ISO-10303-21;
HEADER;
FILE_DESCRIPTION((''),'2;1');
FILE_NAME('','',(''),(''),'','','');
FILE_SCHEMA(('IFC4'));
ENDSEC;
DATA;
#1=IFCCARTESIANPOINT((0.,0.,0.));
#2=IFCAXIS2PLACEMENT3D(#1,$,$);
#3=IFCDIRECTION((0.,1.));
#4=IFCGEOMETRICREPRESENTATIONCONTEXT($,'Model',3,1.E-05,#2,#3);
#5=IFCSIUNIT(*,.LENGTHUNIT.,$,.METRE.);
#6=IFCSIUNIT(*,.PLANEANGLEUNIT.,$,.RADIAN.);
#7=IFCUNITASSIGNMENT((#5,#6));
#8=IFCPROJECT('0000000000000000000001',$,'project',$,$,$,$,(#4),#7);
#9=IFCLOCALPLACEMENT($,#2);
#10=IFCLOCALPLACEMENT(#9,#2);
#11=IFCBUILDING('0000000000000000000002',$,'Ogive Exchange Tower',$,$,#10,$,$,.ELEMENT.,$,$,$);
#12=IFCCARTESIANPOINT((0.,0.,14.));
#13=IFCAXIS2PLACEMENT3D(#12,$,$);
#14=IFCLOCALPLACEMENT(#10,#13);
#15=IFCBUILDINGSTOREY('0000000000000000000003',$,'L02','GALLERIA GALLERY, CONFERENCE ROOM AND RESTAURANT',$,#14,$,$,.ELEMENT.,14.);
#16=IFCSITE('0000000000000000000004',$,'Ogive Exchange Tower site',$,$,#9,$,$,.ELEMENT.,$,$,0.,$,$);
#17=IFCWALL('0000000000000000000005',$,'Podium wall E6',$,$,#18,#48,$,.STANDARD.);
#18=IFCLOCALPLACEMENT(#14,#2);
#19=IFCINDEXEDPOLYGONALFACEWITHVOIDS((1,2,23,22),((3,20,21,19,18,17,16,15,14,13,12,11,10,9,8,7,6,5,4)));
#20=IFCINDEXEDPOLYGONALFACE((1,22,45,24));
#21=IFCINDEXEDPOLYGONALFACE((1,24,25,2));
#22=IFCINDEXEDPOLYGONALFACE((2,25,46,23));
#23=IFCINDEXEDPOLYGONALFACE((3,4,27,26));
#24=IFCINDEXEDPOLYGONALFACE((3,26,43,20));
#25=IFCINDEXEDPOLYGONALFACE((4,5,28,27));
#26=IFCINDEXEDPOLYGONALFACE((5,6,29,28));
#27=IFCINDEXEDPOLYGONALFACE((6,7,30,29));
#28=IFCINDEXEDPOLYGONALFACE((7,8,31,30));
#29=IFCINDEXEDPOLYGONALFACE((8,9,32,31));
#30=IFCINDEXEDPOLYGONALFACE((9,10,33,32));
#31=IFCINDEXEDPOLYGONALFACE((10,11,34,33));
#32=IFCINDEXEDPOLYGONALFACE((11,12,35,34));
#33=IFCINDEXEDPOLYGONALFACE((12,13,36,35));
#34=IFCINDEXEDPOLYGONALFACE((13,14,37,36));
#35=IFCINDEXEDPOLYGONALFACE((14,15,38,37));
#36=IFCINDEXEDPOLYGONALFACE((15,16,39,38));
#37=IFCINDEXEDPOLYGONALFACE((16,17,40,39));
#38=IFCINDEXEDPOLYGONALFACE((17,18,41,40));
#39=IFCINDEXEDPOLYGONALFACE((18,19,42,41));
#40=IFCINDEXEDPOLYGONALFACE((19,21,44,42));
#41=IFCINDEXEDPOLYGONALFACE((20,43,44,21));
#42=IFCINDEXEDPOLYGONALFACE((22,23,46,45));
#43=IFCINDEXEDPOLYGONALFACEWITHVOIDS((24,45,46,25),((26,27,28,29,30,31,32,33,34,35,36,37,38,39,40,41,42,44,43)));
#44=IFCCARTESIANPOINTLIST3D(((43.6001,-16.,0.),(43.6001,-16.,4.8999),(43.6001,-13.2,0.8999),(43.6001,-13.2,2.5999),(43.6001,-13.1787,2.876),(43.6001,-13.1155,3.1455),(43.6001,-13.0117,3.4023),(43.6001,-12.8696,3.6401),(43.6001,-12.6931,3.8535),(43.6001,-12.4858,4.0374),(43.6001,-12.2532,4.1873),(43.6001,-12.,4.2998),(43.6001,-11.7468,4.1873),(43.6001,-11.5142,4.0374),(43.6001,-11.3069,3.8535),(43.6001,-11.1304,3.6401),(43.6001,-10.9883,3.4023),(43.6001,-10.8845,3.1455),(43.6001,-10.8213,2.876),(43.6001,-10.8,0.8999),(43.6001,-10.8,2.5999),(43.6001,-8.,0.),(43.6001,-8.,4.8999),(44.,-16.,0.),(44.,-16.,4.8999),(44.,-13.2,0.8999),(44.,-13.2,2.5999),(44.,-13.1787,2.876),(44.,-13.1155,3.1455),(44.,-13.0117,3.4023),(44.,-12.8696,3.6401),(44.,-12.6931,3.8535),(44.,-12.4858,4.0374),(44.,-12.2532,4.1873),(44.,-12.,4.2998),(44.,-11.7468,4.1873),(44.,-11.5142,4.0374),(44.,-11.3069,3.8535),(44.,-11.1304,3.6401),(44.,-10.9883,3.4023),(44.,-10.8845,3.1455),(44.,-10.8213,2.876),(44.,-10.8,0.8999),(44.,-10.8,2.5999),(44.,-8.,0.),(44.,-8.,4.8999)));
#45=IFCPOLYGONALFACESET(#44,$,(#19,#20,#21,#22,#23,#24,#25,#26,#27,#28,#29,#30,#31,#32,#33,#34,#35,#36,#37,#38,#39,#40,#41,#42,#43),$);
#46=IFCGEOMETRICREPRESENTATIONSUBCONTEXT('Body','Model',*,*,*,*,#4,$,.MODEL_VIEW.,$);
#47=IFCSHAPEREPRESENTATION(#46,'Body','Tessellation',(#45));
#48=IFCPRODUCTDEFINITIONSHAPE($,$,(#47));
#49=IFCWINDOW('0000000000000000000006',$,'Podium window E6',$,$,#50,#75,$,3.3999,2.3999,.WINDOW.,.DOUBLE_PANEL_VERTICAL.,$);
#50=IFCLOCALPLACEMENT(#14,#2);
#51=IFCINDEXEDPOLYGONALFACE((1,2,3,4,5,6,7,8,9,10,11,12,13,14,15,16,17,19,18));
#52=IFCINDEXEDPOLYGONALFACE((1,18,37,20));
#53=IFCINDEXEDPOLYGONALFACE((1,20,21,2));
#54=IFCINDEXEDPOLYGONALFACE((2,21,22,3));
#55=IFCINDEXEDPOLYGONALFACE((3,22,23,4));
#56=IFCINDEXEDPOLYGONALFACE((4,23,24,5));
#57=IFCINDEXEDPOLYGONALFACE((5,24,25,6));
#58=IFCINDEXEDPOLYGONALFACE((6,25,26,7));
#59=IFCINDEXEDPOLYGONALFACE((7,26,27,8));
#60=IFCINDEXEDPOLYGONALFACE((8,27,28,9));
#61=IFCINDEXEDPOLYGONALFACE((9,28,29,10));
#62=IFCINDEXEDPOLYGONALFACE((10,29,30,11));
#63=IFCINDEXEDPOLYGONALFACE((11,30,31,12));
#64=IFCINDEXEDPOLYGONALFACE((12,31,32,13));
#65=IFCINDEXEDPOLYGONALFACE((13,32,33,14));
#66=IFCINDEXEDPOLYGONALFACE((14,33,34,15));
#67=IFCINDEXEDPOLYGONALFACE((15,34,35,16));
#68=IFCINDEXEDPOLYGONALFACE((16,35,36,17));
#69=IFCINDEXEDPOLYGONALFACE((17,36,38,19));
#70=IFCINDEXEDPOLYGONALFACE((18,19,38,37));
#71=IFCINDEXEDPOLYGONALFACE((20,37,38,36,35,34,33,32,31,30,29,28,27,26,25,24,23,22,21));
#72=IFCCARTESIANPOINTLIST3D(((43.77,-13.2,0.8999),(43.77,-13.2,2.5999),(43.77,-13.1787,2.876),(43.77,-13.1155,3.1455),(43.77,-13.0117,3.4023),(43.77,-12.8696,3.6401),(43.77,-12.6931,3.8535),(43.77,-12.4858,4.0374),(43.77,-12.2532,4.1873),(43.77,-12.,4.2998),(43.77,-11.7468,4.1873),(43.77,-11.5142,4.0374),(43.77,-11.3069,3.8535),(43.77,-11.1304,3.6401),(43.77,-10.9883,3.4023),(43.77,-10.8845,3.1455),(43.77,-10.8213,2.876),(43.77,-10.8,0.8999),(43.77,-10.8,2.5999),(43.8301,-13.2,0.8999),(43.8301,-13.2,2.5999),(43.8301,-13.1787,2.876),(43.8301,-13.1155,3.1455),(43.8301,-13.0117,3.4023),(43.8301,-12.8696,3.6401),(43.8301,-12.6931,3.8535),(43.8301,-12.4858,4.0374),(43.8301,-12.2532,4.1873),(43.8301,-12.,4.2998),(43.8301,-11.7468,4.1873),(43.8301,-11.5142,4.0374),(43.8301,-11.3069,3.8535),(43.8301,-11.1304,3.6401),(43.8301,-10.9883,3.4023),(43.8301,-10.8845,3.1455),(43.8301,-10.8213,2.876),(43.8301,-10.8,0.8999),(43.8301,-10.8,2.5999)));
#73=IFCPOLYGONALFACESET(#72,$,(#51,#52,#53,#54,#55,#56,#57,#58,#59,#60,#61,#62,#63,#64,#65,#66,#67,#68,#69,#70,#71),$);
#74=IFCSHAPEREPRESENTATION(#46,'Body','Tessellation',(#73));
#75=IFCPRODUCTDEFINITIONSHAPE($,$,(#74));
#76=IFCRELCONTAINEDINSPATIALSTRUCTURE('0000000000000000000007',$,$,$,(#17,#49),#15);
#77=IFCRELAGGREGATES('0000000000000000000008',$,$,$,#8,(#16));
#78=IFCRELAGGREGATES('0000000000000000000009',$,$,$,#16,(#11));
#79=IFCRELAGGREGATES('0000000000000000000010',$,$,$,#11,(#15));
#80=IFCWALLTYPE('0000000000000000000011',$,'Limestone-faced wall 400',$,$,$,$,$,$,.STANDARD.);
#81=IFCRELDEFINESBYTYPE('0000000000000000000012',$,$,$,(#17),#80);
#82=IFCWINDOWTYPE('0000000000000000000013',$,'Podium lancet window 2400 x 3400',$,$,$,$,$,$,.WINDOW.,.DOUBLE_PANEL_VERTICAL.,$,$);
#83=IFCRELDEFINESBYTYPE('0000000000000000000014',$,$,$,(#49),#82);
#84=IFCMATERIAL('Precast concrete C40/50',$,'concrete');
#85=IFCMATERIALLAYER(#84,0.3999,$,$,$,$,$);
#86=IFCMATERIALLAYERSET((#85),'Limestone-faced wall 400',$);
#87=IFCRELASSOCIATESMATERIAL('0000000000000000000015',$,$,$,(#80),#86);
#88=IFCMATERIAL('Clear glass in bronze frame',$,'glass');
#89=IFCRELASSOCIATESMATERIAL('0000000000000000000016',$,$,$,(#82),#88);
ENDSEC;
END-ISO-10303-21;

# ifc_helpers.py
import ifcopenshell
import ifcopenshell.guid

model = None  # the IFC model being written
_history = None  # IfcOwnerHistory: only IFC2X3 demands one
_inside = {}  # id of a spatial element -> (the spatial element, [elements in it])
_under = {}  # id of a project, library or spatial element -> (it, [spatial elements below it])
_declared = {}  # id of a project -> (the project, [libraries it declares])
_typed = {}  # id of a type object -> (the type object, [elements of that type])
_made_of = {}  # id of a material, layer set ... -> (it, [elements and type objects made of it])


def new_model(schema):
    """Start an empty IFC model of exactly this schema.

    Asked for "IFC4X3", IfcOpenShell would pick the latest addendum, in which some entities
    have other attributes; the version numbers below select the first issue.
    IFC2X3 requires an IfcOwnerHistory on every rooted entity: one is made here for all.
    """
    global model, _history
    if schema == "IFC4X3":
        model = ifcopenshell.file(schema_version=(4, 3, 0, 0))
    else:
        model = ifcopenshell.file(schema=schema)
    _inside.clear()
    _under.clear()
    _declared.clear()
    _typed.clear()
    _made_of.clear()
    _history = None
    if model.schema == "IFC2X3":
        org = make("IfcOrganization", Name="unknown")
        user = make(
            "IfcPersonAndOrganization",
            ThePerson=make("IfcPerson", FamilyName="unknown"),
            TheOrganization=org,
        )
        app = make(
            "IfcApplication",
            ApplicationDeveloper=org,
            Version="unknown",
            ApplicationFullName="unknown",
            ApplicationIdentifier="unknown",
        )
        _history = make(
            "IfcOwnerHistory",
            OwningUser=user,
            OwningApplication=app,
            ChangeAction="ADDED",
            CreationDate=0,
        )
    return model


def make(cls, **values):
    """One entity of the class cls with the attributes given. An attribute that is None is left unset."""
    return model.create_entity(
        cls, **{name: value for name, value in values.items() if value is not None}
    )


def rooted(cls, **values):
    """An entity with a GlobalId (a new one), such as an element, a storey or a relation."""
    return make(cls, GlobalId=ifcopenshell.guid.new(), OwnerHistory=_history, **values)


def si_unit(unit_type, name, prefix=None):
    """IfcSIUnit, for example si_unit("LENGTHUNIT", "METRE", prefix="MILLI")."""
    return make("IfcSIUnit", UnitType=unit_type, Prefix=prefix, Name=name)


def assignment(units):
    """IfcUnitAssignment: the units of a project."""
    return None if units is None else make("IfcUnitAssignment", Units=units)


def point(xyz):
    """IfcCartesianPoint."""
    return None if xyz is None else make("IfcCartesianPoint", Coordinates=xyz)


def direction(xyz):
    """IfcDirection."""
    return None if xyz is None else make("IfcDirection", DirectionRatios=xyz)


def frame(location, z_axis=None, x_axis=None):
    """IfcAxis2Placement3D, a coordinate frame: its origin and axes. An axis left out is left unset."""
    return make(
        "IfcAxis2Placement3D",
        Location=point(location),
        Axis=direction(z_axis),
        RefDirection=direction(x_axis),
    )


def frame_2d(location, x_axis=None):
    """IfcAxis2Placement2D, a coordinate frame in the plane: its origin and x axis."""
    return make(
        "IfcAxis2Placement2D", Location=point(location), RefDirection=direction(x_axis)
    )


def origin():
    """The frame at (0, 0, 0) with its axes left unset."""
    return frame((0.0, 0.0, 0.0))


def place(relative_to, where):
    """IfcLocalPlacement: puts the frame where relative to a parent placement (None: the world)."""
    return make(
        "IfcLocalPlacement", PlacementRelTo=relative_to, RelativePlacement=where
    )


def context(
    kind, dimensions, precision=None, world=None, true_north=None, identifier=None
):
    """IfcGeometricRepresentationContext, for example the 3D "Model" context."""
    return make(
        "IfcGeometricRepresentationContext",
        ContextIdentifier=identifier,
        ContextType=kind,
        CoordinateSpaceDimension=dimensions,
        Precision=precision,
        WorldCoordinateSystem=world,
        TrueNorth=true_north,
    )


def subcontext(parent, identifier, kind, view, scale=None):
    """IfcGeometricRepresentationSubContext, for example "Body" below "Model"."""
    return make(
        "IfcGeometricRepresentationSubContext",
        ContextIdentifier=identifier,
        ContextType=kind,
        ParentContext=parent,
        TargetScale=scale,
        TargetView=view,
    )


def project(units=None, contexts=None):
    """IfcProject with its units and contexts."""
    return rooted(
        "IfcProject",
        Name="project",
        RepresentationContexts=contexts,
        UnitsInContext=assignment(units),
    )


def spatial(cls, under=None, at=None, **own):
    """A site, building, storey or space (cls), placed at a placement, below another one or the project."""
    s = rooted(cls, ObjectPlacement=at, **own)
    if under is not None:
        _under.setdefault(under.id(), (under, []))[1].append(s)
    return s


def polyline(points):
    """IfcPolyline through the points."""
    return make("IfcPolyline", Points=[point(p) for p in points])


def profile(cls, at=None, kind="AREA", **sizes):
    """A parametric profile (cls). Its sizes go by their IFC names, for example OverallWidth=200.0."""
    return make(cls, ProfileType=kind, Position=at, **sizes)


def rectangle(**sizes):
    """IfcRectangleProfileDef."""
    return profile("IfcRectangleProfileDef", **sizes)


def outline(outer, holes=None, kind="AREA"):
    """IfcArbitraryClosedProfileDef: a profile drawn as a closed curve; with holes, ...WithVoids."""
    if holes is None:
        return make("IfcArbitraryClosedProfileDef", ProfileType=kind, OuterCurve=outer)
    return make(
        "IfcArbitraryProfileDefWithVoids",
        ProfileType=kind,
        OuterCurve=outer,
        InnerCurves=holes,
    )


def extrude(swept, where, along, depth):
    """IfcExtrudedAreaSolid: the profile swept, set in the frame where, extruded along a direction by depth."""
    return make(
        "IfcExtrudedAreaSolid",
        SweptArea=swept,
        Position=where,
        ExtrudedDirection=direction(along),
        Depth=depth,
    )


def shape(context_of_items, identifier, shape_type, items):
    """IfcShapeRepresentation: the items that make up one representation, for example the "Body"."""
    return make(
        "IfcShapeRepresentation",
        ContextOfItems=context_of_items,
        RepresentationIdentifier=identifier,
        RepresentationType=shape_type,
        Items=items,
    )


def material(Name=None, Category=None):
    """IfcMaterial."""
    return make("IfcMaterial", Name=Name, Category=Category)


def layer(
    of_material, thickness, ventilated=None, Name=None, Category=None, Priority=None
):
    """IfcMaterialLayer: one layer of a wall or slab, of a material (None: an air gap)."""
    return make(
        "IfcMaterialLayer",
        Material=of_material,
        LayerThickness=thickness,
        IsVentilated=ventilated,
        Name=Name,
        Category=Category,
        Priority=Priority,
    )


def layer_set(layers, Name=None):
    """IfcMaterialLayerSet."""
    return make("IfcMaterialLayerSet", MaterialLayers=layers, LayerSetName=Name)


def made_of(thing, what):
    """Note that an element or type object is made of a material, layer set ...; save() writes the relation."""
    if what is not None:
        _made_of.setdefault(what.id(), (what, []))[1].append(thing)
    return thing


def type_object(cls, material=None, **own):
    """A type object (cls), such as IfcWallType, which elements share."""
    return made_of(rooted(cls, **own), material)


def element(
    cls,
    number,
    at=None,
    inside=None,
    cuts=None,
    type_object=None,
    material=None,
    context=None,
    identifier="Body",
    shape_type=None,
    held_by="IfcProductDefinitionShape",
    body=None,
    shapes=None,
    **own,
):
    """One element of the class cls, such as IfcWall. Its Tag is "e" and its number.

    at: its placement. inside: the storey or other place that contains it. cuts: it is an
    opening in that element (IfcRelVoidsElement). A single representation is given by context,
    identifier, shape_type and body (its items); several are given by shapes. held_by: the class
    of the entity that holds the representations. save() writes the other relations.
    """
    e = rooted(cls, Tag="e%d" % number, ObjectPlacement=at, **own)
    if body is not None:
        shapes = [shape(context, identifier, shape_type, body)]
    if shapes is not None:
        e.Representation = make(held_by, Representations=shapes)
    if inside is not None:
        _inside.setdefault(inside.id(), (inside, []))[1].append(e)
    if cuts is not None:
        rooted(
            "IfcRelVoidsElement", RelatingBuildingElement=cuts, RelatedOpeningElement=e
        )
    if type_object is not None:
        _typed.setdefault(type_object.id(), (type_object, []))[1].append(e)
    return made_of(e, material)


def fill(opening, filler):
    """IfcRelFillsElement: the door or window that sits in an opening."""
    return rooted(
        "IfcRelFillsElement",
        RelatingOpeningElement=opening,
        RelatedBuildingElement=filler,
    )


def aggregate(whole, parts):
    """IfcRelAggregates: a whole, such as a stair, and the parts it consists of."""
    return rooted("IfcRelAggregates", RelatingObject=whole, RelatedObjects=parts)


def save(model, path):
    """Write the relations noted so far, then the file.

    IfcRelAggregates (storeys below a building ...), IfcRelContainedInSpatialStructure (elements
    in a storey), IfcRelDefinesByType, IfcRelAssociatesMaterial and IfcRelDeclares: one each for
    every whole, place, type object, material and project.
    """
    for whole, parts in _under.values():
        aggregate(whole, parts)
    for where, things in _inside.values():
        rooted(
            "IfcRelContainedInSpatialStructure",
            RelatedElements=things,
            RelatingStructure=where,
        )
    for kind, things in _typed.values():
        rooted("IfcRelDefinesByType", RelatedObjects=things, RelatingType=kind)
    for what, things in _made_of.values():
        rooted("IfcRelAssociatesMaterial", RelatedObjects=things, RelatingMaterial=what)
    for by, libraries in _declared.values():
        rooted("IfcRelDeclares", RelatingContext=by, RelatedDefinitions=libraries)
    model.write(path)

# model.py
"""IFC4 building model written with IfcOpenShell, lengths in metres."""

from ifc_helpers import new_model, si_unit, direction, frame, frame_2d, origin, place, context, subcontext, project, spatial, polyline, rectangle, outline, extrude, material, layer, layer_set, type_object, element, fill, save


model = new_model("IFC4")

# Units and contexts
model_context = context("Model", 3, precision=1e-05, world=origin(), true_north=direction((0.0, 1.0)))
body_context = subcontext(model_context, "Body", "Model", "MODEL_VIEW")
ifc_project = project(units=[si_unit("LENGTHUNIT", "METRE"), si_unit("PLANEANGLEUNIT", "RADIAN")], contexts=[model_context])

# Site, building, storey
site_placement = place(None, origin())
site = spatial("IfcSite", under=ifc_project, at=site_placement, Name="Ogive Exchange Tower site", CompositionType="ELEMENT", RefElevation=0.0)
building_placement = place(site_placement, origin())
building = spatial("IfcBuilding", under=site, at=building_placement, Name="Ogive Exchange Tower", CompositionType="ELEMENT")
storey_placement = place(building_placement, frame((0.0, 0.0, 14.0)))
storey = spatial("IfcBuildingStorey", under=building, at=storey_placement, Name="L02", Description="GALLERIA GALLERY, CONFERENCE ROOM AND RESTAURANT", CompositionType="ELEMENT", Elevation=14.0)

# Wall, opening, window
ifc_material_1 = material(Name="Precast concrete C40/50", Category="concrete")
ifc_layer_1 = layer(ifc_material_1, 0.3999)
ifc_layer_set_1 = layer_set([ifc_layer_1], Name="Limestone-faced wall 400")
wall_type_1 = type_object("IfcWallType", Name="Limestone-faced wall 400", PredefinedType="STANDARD", material=ifc_layer_set_1)
wall_1_placement = place(storey_placement, frame((43.8, -16.0, 0.0), z_axis=(0.0, 0.0, 1.0), x_axis=(0.0, 1.0, 0.0)))
wall_1 = element("IfcWall", 1, at=wall_1_placement, inside=storey, type_object=wall_type_1, Name="Podium wall E6", PredefinedType="STANDARD", context=body_context, shape_type="SweptSolid", body=[
    extrude(rectangle(XDim=8.0, YDim=0.3999, at=frame_2d((4.0, 0.0))), origin(), (0.0, 0.0, 1.0), 4.8999),
])
opening_1_placement = place(wall_1_placement, frame((2.8, 0.0, 0.8999)))
opening_1 = element("IfcOpeningElement", 2, at=opening_1_placement, cuts=wall_1, PredefinedType="OPENING", context=body_context, shape_type="SweptSolid", body=[
    extrude(outline(polyline([(0.0, 0.0), (2.3999, 0.0), (2.3999, 1.7), (2.3787, 1.9761), (2.3154, 2.2456), (2.2117, 2.5024), (2.0696, 2.7402), (1.8931, 2.9536), (1.6858, 3.1375), (1.4531, 3.2874), (1.2, 3.3999), (0.9468, 3.2874), (0.7141, 3.1375), (0.5068, 2.9536), (0.3303, 2.7402), (0.1882, 2.5024), (0.0845, 2.2456), (0.0212, 1.9761), (0.0, 1.7), (0.0, 0.0)])), frame((0.0, 0.21, 0.0), z_axis=(0.0, -1.0, 0.0), x_axis=(1.0, 0.0, 0.0)), (0.0, 0.0, 1.0), 0.4199),
])
ifc_material_2 = material(Name="Clear glass in bronze frame", Category="glass")
window_type_1 = type_object("IfcWindowType", Name="Podium lancet window 2400 x 3400", PartitioningType="DOUBLE_PANEL_VERTICAL", PredefinedType="WINDOW", material=ifc_material_2)
window_1_placement = place(opening_1_placement, origin())
window_1 = element("IfcWindow", 3, at=window_1_placement, inside=storey, type_object=window_type_1, Name="Podium window E6", OverallHeight=3.3999, OverallWidth=2.3999, PartitioningType="DOUBLE_PANEL_VERTICAL", PredefinedType="WINDOW", context=body_context, shape_type="SweptSolid", body=[
    extrude(outline(polyline([(0.0, 0.0), (2.3999, 0.0), (2.3999, 1.7), (2.3787, 1.9761), (2.3154, 2.2456), (2.2117, 2.5024), (2.0696, 2.7402), (1.8931, 2.9536), (1.6858, 3.1375), (1.4531, 3.2874), (1.2, 3.3999), (0.9468, 3.2874), (0.7141, 3.1375), (0.5068, 2.9536), (0.3303, 2.7402), (0.1882, 2.5024), (0.0845, 2.2456), (0.0212, 1.9761), (0.0, 1.7), (0.0, 0.0)])), frame((0.0, 0.03, 0.0), z_axis=(0.0, -1.0, 0.0), x_axis=(1.0, 0.0, 0.0)), (0.0, 0.0, 1.0), 0.0601),
])
fill(opening_1, window_1)

save(model, "model.ifc")
